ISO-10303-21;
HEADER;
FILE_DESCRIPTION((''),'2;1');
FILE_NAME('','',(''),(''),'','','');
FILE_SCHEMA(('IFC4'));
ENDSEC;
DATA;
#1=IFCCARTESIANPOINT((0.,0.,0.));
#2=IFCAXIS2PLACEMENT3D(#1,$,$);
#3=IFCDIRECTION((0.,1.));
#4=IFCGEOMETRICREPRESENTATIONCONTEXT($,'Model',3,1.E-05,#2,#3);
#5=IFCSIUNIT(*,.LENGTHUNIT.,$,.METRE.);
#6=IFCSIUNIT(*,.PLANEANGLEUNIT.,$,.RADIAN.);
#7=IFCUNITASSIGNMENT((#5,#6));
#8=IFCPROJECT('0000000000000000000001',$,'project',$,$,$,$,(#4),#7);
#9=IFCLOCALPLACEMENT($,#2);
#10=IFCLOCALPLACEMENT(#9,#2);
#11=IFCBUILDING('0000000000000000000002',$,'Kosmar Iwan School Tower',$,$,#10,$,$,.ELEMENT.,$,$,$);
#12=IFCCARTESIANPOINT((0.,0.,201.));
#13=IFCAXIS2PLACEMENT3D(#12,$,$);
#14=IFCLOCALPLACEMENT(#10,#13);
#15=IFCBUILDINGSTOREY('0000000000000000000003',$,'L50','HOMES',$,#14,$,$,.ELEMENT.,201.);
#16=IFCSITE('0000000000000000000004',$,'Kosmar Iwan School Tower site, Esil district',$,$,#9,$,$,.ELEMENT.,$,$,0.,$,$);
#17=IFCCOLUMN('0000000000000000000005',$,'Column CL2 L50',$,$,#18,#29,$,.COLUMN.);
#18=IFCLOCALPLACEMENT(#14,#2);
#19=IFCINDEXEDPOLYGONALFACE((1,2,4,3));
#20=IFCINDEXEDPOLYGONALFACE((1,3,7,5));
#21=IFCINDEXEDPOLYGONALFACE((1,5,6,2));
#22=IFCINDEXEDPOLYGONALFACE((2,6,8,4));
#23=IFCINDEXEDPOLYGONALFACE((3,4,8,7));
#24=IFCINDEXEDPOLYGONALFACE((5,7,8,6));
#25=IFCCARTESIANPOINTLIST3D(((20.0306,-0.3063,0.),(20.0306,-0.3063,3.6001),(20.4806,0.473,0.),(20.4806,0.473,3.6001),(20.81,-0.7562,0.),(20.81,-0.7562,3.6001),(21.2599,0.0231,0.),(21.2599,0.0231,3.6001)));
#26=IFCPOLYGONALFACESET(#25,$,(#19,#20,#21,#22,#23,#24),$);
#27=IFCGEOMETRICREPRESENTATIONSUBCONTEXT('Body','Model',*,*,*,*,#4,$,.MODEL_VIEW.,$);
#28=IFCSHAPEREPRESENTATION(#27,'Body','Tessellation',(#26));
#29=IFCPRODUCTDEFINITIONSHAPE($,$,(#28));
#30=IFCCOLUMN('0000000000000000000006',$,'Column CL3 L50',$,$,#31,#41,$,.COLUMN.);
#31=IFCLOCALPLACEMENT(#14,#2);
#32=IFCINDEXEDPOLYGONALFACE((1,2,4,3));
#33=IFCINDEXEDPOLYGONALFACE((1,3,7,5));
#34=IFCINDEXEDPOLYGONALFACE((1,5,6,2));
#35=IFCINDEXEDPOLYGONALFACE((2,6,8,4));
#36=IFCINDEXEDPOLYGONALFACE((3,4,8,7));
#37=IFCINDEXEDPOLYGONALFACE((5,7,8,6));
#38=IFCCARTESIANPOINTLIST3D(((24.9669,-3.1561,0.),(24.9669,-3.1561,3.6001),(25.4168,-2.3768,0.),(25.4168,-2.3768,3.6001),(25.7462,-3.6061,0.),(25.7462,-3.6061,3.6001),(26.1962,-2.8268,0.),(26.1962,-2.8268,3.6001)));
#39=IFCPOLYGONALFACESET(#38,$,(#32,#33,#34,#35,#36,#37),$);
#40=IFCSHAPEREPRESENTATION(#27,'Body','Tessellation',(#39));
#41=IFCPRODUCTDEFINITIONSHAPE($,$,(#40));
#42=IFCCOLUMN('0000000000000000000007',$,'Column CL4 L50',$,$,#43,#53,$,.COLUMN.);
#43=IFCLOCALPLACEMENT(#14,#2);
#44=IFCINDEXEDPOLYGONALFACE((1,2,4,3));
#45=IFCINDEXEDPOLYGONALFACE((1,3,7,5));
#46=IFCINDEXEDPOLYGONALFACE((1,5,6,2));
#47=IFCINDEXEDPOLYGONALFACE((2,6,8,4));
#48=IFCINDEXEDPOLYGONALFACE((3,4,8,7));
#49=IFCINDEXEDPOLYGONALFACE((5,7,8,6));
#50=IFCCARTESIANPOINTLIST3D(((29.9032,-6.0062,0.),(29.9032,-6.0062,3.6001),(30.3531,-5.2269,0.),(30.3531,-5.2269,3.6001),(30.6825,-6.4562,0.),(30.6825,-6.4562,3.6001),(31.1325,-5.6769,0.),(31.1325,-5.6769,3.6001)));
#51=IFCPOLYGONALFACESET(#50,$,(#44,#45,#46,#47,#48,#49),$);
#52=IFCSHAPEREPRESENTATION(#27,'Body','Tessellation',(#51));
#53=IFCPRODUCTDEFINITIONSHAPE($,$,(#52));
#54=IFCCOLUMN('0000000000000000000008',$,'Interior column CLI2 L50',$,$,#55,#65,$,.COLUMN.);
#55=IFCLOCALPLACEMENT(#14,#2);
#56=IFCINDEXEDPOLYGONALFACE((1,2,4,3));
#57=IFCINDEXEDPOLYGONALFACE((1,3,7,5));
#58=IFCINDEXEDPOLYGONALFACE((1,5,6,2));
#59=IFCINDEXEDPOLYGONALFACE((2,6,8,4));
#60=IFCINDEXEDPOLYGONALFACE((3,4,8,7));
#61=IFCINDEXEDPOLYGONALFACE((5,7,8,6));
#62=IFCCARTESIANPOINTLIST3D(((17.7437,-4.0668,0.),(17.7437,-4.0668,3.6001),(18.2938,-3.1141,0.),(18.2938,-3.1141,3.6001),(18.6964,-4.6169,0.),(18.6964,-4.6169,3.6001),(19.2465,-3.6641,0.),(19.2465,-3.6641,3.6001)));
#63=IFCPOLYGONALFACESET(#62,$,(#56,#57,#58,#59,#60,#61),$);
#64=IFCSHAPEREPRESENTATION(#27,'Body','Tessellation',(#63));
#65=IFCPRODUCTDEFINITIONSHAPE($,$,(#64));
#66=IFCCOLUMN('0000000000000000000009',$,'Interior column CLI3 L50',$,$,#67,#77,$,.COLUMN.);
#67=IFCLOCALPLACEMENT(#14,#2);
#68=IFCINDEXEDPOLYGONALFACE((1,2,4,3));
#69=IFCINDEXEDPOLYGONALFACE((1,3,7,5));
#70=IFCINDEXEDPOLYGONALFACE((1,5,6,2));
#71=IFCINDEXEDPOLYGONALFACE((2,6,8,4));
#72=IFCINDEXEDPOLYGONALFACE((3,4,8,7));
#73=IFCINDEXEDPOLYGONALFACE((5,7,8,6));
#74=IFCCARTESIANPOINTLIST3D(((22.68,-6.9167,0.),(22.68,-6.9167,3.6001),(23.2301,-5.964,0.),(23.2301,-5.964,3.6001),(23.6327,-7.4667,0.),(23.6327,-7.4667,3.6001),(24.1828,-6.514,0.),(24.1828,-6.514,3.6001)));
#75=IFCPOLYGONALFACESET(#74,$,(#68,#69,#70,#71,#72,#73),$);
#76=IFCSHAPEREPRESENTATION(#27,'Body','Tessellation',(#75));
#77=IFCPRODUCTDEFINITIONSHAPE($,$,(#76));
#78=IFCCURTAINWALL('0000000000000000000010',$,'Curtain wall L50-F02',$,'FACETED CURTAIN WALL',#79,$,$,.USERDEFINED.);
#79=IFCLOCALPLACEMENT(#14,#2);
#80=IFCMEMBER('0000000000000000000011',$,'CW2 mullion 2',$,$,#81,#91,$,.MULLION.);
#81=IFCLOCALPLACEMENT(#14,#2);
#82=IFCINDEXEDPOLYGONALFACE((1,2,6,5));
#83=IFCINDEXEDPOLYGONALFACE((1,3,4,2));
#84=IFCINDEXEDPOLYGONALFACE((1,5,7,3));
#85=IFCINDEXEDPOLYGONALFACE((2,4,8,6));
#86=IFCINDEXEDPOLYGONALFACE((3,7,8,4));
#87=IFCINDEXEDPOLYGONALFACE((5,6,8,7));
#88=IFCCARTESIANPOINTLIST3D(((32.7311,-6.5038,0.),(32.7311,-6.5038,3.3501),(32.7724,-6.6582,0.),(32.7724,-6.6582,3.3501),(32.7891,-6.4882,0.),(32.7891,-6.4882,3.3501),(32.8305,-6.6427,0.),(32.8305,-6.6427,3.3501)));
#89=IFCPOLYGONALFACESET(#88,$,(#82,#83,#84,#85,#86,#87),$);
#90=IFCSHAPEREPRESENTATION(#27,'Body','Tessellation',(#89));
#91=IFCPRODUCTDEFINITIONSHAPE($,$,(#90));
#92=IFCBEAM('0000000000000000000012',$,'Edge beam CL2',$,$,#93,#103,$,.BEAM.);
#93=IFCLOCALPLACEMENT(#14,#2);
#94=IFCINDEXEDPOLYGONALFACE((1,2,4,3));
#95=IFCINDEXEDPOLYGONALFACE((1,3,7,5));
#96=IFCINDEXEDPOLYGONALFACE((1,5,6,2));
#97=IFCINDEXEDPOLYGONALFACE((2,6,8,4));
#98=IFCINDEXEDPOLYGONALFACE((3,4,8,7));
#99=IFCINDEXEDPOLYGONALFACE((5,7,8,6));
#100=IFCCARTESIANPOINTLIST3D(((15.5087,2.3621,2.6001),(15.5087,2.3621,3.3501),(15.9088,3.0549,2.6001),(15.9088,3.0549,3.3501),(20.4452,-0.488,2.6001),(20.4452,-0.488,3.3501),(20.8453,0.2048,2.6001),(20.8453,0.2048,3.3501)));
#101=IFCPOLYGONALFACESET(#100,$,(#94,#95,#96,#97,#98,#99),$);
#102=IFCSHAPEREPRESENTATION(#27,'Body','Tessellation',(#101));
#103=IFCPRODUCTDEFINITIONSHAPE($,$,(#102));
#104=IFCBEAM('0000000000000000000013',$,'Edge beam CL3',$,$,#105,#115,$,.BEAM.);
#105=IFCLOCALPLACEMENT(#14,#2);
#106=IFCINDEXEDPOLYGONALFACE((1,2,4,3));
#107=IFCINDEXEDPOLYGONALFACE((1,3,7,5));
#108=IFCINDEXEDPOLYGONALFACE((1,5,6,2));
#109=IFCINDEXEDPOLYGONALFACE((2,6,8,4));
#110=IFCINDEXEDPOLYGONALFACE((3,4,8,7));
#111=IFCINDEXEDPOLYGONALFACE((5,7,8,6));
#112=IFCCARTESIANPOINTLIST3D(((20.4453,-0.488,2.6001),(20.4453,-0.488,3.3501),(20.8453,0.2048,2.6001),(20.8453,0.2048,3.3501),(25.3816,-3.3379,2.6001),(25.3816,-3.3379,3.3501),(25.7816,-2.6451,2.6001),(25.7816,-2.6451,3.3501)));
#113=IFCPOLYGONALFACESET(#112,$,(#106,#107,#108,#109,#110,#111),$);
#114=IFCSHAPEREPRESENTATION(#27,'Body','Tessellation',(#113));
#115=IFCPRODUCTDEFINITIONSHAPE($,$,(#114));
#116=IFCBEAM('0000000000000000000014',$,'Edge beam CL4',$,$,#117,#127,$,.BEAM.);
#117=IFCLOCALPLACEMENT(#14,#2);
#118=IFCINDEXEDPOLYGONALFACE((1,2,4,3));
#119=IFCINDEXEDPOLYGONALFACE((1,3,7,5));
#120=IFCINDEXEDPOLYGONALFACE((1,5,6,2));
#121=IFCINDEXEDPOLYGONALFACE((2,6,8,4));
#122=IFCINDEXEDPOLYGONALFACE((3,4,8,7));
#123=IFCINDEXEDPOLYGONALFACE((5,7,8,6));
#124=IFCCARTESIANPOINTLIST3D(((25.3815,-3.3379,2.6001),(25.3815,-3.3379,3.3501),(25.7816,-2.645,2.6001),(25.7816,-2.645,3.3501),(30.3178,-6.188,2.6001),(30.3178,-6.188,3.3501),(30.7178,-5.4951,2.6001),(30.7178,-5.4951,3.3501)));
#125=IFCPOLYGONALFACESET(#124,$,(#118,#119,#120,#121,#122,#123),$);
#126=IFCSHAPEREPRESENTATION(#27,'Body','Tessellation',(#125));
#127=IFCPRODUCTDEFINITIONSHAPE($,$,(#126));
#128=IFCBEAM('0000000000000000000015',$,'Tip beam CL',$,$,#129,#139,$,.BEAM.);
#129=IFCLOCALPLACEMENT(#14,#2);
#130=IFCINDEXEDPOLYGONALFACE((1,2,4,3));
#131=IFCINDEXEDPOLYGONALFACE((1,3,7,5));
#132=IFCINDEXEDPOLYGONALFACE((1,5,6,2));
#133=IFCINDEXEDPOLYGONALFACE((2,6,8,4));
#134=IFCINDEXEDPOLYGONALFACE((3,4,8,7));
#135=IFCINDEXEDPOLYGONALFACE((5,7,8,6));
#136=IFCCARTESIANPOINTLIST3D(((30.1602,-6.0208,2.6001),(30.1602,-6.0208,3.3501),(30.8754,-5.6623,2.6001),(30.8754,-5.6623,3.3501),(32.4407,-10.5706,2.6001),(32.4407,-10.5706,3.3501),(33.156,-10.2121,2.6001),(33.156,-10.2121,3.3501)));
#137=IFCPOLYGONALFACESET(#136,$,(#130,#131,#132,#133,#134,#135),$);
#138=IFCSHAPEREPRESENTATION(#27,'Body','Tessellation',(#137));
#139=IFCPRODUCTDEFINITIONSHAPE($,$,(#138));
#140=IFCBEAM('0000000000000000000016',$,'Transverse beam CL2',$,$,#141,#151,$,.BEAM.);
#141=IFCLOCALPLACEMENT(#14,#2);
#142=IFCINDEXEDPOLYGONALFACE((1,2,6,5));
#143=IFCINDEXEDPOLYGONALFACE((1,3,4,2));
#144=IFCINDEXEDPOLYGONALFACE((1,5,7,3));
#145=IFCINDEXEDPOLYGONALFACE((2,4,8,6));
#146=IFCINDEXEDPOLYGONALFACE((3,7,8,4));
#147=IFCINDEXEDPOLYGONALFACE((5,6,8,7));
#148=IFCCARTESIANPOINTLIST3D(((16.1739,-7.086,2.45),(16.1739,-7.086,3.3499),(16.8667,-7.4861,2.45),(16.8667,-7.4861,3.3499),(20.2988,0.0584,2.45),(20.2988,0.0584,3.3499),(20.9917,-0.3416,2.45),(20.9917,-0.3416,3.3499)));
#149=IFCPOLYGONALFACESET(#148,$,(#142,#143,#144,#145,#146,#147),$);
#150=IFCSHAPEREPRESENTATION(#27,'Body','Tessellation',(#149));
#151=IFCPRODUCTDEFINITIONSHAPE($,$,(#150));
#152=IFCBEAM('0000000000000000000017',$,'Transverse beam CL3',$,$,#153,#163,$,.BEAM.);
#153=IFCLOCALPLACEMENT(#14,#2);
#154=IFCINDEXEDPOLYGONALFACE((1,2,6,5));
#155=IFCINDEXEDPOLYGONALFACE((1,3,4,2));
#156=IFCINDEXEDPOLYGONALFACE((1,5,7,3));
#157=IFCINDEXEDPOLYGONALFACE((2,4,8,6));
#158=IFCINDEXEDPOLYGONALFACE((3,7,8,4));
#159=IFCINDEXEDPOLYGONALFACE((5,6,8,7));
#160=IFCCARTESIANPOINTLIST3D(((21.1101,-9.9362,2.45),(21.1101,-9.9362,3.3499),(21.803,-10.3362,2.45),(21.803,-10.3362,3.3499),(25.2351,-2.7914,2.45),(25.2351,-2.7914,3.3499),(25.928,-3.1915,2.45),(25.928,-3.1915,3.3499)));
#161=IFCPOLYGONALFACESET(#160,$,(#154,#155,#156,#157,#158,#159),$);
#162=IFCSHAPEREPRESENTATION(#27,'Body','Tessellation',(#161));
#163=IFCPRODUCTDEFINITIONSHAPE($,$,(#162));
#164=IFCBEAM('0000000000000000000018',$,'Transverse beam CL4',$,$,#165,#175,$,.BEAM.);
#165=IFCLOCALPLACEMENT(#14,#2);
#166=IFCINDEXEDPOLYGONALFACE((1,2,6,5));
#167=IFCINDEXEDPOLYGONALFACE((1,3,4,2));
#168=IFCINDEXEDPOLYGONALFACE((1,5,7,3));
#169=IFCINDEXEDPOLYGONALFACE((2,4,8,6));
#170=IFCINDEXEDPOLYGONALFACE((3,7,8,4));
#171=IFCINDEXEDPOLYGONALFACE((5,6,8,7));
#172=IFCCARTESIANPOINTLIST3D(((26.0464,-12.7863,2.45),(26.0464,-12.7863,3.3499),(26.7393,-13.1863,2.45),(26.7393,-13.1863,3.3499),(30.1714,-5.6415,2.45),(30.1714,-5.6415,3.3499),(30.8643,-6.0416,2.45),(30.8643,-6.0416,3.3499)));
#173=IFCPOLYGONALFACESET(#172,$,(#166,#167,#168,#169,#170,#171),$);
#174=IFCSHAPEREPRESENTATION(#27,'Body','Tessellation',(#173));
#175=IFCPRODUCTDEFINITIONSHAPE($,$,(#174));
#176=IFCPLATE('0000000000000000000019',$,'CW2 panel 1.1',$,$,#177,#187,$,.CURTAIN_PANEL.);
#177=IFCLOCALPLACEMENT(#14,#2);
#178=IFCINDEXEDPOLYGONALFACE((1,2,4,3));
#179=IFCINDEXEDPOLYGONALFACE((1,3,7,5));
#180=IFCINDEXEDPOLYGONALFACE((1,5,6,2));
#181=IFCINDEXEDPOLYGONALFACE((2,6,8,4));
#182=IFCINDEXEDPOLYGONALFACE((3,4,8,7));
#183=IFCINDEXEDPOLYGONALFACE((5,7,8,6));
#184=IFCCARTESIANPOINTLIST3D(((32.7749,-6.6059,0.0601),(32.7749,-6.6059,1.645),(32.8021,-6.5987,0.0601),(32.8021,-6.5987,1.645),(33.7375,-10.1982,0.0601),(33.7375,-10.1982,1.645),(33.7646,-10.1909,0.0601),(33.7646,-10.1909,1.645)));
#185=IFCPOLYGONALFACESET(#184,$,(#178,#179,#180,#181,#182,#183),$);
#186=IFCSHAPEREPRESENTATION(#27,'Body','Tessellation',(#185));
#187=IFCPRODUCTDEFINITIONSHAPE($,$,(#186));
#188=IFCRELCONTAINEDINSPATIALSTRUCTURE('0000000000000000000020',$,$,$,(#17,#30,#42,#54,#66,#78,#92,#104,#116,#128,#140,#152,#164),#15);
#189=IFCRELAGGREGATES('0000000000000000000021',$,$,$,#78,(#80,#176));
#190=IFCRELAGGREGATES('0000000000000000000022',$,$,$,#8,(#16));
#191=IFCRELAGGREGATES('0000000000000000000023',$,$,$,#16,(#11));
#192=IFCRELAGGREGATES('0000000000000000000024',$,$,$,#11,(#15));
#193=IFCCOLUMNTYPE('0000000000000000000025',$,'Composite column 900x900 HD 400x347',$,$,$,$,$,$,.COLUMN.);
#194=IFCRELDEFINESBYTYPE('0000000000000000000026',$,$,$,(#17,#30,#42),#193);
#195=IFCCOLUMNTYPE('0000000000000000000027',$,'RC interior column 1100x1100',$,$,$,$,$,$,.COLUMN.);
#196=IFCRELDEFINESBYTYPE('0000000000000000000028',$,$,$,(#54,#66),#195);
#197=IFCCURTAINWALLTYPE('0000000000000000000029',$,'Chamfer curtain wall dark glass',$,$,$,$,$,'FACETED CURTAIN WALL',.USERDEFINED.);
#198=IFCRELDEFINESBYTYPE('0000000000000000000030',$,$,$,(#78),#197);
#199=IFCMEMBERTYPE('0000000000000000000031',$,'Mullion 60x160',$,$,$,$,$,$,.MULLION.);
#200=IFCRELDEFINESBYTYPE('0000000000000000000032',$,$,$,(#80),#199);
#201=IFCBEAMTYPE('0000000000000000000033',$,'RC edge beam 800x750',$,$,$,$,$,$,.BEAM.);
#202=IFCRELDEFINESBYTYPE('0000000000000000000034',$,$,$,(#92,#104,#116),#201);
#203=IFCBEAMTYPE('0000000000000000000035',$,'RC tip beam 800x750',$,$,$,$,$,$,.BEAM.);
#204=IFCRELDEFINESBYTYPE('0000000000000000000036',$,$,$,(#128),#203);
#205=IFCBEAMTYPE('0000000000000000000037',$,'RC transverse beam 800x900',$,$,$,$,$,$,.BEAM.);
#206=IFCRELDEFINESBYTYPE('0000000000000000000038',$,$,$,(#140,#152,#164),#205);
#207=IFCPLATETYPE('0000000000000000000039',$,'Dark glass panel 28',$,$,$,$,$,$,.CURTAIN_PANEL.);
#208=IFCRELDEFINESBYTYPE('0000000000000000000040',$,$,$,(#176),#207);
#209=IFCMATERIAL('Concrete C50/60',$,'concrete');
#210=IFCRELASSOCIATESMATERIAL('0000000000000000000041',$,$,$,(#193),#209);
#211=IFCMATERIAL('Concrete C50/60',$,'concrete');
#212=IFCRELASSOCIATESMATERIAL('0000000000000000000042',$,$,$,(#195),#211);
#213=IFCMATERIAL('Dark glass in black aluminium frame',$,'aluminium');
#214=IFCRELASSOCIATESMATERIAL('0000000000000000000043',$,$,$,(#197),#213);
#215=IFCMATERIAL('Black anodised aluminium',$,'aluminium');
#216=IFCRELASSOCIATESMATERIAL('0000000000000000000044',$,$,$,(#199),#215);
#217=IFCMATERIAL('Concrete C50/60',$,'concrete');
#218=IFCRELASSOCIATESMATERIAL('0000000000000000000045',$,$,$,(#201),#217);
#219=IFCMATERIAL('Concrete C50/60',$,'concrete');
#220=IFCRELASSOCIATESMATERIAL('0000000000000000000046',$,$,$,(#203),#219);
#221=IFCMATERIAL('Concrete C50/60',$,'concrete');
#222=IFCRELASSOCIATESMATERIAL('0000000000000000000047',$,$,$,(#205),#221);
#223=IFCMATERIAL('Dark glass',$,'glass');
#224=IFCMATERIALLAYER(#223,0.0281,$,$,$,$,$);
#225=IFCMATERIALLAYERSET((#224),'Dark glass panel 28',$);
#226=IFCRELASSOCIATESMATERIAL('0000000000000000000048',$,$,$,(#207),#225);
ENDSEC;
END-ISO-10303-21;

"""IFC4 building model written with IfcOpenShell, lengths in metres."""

from ifc_helpers import new_model, si_unit, direction, frame, origin, origin_2d, place, context, subcontext, project, spatial, rectangle, extrude, material, layer, layer_set, material_profile, profile_set, type_object, element, aggregate, save


model = new_model("IFC4")

# Units and contexts
model_context = context("Model", 3, precision=1e-05, world=origin(), true_north=direction((0.0, 1.0)))
body_context = subcontext(model_context, "Body", "Model", "MODEL_VIEW")
ifc_project = project(units=[si_unit("LENGTHUNIT", "METRE"), si_unit("PLANEANGLEUNIT", "RADIAN")], contexts=[model_context])

# Site, building, storey
site_placement = place(None, origin())
site = spatial("IfcSite", under=ifc_project, at=site_placement, Name="Kosmar Iwan School Tower site, Esil district", CompositionType="ELEMENT", RefElevation=0.0)
building_placement = place(site_placement, origin())
building = spatial("IfcBuilding", under=site, at=building_placement, Name="Kosmar Iwan School Tower", CompositionType="ELEMENT")
storey_placement = place(building_placement, frame((0.0, 0.0, 201.0)))
storey = spatial("IfcBuildingStorey", under=building, at=storey_placement, Name="L50", Description="HOMES", CompositionType="ELEMENT", Elevation=201.0)

# Columns
ifc_material_1 = material(Name="Concrete C50/60", Category="concrete")
ifc_material_profile_1 = material_profile(ifc_material_1, rectangle(XDim=0.8999, YDim=0.8999, at=origin_2d()), Name="RC 900x900 + HD 400x347")
ifc_profile_set_1 = profile_set([ifc_material_profile_1], Name="Concrete C50/60")
column_type_1 = type_object("IfcColumnType", Name="Composite column 900x900 HD 400x347", PredefinedType="COLUMN", material=ifc_profile_set_1)
for number, where, z_axis, x_axis, name in (
    (1, (20.6453, -0.1416, 0.0), (0.0, 0.0, 1.0), (0.866025, -0.5, 0.0), "Column CL2 L50"),
    (2, (25.5815, -2.9915, 0.0), (0.0, 0.0, 1.0), (0.866025, -0.5, 0.0), "Column CL3 L50"),
    (3, (30.5178, -5.8416, 0.0), (0.0, 0.0, 1.0), (0.866025, -0.5, 0.0), "Column CL4 L50"),
):
    element("IfcColumn", number, at=place(storey_placement, frame(where, z_axis=z_axis, x_axis=x_axis)), inside=storey, type_object=column_type_1, Name=name, PredefinedType="COLUMN", context=body_context, shape_type="SweptSolid", body=[
        extrude(rectangle(XDim=0.8999, YDim=0.8999, at=origin_2d()), origin(), (0.0, 0.0, 1.0), 3.6001),
    ])
ifc_material_2 = material(Name="Concrete C50/60", Category="concrete")
ifc_material_profile_2 = material_profile(ifc_material_2, rectangle(XDim=1.1001, YDim=1.1001, at=origin_2d()), Name="RC 1100x1100")
ifc_profile_set_2 = profile_set([ifc_material_profile_2], Name="Concrete C50/60")
column_type_2 = type_object("IfcColumnType", Name="RC interior column 1100x1100", PredefinedType="COLUMN", material=ifc_profile_set_2)
for number, where, z_axis, x_axis, name in (
    (4, (18.4951, -3.8655, 0.0), (0.0, 0.0, 1.0), (0.866025, -0.5, 0.0), "Interior column CLI2 L50"),
    (5, (23.4314, -6.7153, 0.0), (0.0, 0.0, 1.0), (0.866025, -0.5, 0.0), "Interior column CLI3 L50"),
):
    element("IfcColumn", number, at=place(storey_placement, frame(where, z_axis=z_axis, x_axis=x_axis)), inside=storey, type_object=column_type_2, Name=name, PredefinedType="COLUMN", context=body_context, shape_type="SweptSolid", body=[
        extrude(rectangle(XDim=1.1001, YDim=1.1001, at=origin_2d()), origin(), (0.0, 0.0, 1.0), 3.6001),
    ])

# Curtain wall, member
ifc_material_3 = material(Name="Dark glass in black aluminium frame", Category="aluminium")
curtain_wall_type = type_object("IfcCurtainWallType", Name="Chamfer curtain wall dark glass", ElementType="FACETED CURTAIN WALL", PredefinedType="USERDEFINED", material=ifc_material_3)
curtain_wall_placement = place(storey_placement, origin())
curtain_wall = element("IfcCurtainWall", 6, at=curtain_wall_placement, inside=storey, type_object=curtain_wall_type, Name="Curtain wall L50-F02", ObjectType="FACETED CURTAIN WALL", PredefinedType="USERDEFINED")
ifc_material_4 = material(Name="Black anodised aluminium", Category="aluminium")
ifc_material_profile_3 = material_profile(ifc_material_4, rectangle(XDim=0.0601, YDim=0.1599, at=origin_2d()), Name="MULLION 60x160")
ifc_profile_set_3 = profile_set([ifc_material_profile_3], Name="Black anodised aluminium")
member_type = type_object("IfcMemberType", Name="Mullion 60x160", PredefinedType="MULLION", material=ifc_profile_set_3)
member_placement = place(storey_placement, frame((32.7808, -6.5732, 0.0), z_axis=(0.0, 0.0, 1.0), x_axis=(-0.965926, -0.258819, 0.0)))
member = element("IfcMember", 7, at=member_placement, type_object=member_type, Name="CW2 mullion 2", PredefinedType="MULLION", context=body_context, shape_type="SweptSolid", body=[
    extrude(rectangle(XDim=0.0601, YDim=0.1599, at=origin_2d()), origin(), (0.0, 0.0, 1.0), 3.3501),
])

# Beams
ifc_material_5 = material(Name="Concrete C50/60", Category="concrete")
ifc_material_profile_4 = material_profile(ifc_material_5, rectangle(XDim=0.8, YDim=0.75, at=origin_2d()), Name="RC 800x750")
ifc_profile_set_4 = profile_set([ifc_material_profile_4], Name="Concrete C50/60")
beam_type_1 = type_object("IfcBeamType", Name="RC edge beam 800x750", PredefinedType="BEAM", material=ifc_profile_set_4)
beam_1_placement = place(storey_placement, frame((15.7087, 2.7085, 2.9751), z_axis=(0.866026, -0.499999, 0.0), x_axis=(0.499999, 0.866026, 0.0)))
element("IfcBeam", 8, at=beam_1_placement, inside=storey, type_object=beam_type_1, Name="Edge beam CL2", PredefinedType="BEAM", context=body_context, shape_type="SweptSolid", body=[
    extrude(rectangle(XDim=0.8, YDim=0.75, at=origin_2d()), origin(), (0.0, 0.0, 1.0), 5.7002),
])
for number, where, z_axis, x_axis, name in (
    (9, (20.6453, -0.1416, 2.9751), (0.866034, -0.499986, 0.0), (0.499986, 0.866034, 0.0), "Edge beam CL3"),
    (10, (25.5815, -2.9915, 2.9751), (0.866015, -0.500018, 0.0), (0.500018, 0.866015, 0.0), "Edge beam CL4"),
):
    element("IfcBeam", number, at=place(storey_placement, frame(where, z_axis=z_axis, x_axis=x_axis)), inside=storey, type_object=beam_type_1, Name=name, PredefinedType="BEAM", context=body_context, shape_type="SweptSolid", body=[
        extrude(rectangle(XDim=0.8, YDim=0.75, at=origin_2d()), origin(), (0.0, 0.0, 1.0), 5.7),
    ])
ifc_material_6 = material(Name="Concrete C50/60", Category="concrete")
ifc_material_profile_5 = material_profile(ifc_material_6, rectangle(XDim=0.8, YDim=0.75, at=origin_2d()), Name="RC 800x750")
ifc_profile_set_5 = profile_set([ifc_material_profile_5], Name="Concrete C50/60")
beam_type_2 = type_object("IfcBeamType", Name="RC tip beam 800x750", PredefinedType="BEAM", material=ifc_profile_set_5)
beam_2_placement = place(storey_placement, frame((30.5178, -5.8416, 2.9751), z_axis=(0.448096, -0.893985, 0.0), x_axis=(0.893985, 0.448096, 0.0)))
element("IfcBeam", 11, at=beam_2_placement, inside=storey, type_object=beam_type_2, Name="Tip beam CL", PredefinedType="BEAM", context=body_context, shape_type="SweptSolid", body=[
    extrude(rectangle(XDim=0.8, YDim=0.75, at=origin_2d()), origin(), (0.0, 0.0, 1.0), 5.0894),
])
ifc_material_7 = material(Name="Concrete C50/60", Category="concrete")
ifc_material_profile_6 = material_profile(ifc_material_7, rectangle(XDim=0.8, YDim=0.8999, at=origin_2d()), Name="RC 800x900")
ifc_profile_set_6 = profile_set([ifc_material_profile_6], Name="Concrete C50/60")
beam_type_3 = type_object("IfcBeamType", Name="RC transverse beam 800x900", PredefinedType="BEAM", material=ifc_profile_set_6)
beam_3_placement = place(storey_placement, frame((20.6453, -0.1416, 2.8999), z_axis=(-0.500009, -0.86602, 0.0), x_axis=(0.86602, -0.500009, 0.0)))
element("IfcBeam", 12, at=beam_3_placement, inside=storey, type_object=beam_type_3, Name="Transverse beam CL2", PredefinedType="BEAM", context=body_context, shape_type="SweptSolid", body=[
    extrude(rectangle(XDim=0.8, YDim=0.8999, at=origin_2d()), origin(), (0.0, 0.0, 1.0), 8.2498),
])
for number, where, z_axis, x_axis, name in (
    (13, (25.5815, -2.9915, 2.8999), (-0.499997, -0.866027, 0.0), (0.866027, -0.499997, 0.0), "Transverse beam CL3"),
    (14, (30.5178, -5.8416, 2.8999), (-0.499997, -0.866027, 0.0), (0.866027, -0.499997, 0.0), "Transverse beam CL4"),
):
    element("IfcBeam", number, at=place(storey_placement, frame(where, z_axis=z_axis, x_axis=x_axis)), inside=storey, type_object=beam_type_3, Name=name, PredefinedType="BEAM", context=body_context, shape_type="SweptSolid", body=[
        extrude(rectangle(XDim=0.8, YDim=0.8999, at=origin_2d()), origin(), (0.0, 0.0, 1.0), 8.25),
    ])

# Plate
ifc_material_8 = material(Name="Dark glass", Category="glass")
ifc_layer_1 = layer(ifc_material_8, 0.0281)
ifc_layer_set_1 = layer_set([ifc_layer_1], Name="Dark glass panel 28")
plate_type = type_object("IfcPlateType", Name="Dark glass panel 28", PredefinedType="CURTAIN_PANEL", material=ifc_layer_set_1)
plate_1_placement = place(storey_placement, frame((33.2698, -8.3984, 0.0601), z_axis=(0.0, 0.0, 1.0), x_axis=(-0.258819, 0.965926, 0.0)))
plate_1 = element("IfcPlate", 15, at=plate_1_placement, type_object=plate_type, Name="CW2 panel 1.1", PredefinedType="CURTAIN_PANEL", context=body_context, shape_type="SweptSolid", body=[
    extrude(rectangle(XDim=3.719, YDim=0.0281, at=origin_2d()), origin(), (0.0, 0.0, 1.0), 1.585),
])
aggregate(curtain_wall, [member, plate_1])

save(model, "model.ifc")
